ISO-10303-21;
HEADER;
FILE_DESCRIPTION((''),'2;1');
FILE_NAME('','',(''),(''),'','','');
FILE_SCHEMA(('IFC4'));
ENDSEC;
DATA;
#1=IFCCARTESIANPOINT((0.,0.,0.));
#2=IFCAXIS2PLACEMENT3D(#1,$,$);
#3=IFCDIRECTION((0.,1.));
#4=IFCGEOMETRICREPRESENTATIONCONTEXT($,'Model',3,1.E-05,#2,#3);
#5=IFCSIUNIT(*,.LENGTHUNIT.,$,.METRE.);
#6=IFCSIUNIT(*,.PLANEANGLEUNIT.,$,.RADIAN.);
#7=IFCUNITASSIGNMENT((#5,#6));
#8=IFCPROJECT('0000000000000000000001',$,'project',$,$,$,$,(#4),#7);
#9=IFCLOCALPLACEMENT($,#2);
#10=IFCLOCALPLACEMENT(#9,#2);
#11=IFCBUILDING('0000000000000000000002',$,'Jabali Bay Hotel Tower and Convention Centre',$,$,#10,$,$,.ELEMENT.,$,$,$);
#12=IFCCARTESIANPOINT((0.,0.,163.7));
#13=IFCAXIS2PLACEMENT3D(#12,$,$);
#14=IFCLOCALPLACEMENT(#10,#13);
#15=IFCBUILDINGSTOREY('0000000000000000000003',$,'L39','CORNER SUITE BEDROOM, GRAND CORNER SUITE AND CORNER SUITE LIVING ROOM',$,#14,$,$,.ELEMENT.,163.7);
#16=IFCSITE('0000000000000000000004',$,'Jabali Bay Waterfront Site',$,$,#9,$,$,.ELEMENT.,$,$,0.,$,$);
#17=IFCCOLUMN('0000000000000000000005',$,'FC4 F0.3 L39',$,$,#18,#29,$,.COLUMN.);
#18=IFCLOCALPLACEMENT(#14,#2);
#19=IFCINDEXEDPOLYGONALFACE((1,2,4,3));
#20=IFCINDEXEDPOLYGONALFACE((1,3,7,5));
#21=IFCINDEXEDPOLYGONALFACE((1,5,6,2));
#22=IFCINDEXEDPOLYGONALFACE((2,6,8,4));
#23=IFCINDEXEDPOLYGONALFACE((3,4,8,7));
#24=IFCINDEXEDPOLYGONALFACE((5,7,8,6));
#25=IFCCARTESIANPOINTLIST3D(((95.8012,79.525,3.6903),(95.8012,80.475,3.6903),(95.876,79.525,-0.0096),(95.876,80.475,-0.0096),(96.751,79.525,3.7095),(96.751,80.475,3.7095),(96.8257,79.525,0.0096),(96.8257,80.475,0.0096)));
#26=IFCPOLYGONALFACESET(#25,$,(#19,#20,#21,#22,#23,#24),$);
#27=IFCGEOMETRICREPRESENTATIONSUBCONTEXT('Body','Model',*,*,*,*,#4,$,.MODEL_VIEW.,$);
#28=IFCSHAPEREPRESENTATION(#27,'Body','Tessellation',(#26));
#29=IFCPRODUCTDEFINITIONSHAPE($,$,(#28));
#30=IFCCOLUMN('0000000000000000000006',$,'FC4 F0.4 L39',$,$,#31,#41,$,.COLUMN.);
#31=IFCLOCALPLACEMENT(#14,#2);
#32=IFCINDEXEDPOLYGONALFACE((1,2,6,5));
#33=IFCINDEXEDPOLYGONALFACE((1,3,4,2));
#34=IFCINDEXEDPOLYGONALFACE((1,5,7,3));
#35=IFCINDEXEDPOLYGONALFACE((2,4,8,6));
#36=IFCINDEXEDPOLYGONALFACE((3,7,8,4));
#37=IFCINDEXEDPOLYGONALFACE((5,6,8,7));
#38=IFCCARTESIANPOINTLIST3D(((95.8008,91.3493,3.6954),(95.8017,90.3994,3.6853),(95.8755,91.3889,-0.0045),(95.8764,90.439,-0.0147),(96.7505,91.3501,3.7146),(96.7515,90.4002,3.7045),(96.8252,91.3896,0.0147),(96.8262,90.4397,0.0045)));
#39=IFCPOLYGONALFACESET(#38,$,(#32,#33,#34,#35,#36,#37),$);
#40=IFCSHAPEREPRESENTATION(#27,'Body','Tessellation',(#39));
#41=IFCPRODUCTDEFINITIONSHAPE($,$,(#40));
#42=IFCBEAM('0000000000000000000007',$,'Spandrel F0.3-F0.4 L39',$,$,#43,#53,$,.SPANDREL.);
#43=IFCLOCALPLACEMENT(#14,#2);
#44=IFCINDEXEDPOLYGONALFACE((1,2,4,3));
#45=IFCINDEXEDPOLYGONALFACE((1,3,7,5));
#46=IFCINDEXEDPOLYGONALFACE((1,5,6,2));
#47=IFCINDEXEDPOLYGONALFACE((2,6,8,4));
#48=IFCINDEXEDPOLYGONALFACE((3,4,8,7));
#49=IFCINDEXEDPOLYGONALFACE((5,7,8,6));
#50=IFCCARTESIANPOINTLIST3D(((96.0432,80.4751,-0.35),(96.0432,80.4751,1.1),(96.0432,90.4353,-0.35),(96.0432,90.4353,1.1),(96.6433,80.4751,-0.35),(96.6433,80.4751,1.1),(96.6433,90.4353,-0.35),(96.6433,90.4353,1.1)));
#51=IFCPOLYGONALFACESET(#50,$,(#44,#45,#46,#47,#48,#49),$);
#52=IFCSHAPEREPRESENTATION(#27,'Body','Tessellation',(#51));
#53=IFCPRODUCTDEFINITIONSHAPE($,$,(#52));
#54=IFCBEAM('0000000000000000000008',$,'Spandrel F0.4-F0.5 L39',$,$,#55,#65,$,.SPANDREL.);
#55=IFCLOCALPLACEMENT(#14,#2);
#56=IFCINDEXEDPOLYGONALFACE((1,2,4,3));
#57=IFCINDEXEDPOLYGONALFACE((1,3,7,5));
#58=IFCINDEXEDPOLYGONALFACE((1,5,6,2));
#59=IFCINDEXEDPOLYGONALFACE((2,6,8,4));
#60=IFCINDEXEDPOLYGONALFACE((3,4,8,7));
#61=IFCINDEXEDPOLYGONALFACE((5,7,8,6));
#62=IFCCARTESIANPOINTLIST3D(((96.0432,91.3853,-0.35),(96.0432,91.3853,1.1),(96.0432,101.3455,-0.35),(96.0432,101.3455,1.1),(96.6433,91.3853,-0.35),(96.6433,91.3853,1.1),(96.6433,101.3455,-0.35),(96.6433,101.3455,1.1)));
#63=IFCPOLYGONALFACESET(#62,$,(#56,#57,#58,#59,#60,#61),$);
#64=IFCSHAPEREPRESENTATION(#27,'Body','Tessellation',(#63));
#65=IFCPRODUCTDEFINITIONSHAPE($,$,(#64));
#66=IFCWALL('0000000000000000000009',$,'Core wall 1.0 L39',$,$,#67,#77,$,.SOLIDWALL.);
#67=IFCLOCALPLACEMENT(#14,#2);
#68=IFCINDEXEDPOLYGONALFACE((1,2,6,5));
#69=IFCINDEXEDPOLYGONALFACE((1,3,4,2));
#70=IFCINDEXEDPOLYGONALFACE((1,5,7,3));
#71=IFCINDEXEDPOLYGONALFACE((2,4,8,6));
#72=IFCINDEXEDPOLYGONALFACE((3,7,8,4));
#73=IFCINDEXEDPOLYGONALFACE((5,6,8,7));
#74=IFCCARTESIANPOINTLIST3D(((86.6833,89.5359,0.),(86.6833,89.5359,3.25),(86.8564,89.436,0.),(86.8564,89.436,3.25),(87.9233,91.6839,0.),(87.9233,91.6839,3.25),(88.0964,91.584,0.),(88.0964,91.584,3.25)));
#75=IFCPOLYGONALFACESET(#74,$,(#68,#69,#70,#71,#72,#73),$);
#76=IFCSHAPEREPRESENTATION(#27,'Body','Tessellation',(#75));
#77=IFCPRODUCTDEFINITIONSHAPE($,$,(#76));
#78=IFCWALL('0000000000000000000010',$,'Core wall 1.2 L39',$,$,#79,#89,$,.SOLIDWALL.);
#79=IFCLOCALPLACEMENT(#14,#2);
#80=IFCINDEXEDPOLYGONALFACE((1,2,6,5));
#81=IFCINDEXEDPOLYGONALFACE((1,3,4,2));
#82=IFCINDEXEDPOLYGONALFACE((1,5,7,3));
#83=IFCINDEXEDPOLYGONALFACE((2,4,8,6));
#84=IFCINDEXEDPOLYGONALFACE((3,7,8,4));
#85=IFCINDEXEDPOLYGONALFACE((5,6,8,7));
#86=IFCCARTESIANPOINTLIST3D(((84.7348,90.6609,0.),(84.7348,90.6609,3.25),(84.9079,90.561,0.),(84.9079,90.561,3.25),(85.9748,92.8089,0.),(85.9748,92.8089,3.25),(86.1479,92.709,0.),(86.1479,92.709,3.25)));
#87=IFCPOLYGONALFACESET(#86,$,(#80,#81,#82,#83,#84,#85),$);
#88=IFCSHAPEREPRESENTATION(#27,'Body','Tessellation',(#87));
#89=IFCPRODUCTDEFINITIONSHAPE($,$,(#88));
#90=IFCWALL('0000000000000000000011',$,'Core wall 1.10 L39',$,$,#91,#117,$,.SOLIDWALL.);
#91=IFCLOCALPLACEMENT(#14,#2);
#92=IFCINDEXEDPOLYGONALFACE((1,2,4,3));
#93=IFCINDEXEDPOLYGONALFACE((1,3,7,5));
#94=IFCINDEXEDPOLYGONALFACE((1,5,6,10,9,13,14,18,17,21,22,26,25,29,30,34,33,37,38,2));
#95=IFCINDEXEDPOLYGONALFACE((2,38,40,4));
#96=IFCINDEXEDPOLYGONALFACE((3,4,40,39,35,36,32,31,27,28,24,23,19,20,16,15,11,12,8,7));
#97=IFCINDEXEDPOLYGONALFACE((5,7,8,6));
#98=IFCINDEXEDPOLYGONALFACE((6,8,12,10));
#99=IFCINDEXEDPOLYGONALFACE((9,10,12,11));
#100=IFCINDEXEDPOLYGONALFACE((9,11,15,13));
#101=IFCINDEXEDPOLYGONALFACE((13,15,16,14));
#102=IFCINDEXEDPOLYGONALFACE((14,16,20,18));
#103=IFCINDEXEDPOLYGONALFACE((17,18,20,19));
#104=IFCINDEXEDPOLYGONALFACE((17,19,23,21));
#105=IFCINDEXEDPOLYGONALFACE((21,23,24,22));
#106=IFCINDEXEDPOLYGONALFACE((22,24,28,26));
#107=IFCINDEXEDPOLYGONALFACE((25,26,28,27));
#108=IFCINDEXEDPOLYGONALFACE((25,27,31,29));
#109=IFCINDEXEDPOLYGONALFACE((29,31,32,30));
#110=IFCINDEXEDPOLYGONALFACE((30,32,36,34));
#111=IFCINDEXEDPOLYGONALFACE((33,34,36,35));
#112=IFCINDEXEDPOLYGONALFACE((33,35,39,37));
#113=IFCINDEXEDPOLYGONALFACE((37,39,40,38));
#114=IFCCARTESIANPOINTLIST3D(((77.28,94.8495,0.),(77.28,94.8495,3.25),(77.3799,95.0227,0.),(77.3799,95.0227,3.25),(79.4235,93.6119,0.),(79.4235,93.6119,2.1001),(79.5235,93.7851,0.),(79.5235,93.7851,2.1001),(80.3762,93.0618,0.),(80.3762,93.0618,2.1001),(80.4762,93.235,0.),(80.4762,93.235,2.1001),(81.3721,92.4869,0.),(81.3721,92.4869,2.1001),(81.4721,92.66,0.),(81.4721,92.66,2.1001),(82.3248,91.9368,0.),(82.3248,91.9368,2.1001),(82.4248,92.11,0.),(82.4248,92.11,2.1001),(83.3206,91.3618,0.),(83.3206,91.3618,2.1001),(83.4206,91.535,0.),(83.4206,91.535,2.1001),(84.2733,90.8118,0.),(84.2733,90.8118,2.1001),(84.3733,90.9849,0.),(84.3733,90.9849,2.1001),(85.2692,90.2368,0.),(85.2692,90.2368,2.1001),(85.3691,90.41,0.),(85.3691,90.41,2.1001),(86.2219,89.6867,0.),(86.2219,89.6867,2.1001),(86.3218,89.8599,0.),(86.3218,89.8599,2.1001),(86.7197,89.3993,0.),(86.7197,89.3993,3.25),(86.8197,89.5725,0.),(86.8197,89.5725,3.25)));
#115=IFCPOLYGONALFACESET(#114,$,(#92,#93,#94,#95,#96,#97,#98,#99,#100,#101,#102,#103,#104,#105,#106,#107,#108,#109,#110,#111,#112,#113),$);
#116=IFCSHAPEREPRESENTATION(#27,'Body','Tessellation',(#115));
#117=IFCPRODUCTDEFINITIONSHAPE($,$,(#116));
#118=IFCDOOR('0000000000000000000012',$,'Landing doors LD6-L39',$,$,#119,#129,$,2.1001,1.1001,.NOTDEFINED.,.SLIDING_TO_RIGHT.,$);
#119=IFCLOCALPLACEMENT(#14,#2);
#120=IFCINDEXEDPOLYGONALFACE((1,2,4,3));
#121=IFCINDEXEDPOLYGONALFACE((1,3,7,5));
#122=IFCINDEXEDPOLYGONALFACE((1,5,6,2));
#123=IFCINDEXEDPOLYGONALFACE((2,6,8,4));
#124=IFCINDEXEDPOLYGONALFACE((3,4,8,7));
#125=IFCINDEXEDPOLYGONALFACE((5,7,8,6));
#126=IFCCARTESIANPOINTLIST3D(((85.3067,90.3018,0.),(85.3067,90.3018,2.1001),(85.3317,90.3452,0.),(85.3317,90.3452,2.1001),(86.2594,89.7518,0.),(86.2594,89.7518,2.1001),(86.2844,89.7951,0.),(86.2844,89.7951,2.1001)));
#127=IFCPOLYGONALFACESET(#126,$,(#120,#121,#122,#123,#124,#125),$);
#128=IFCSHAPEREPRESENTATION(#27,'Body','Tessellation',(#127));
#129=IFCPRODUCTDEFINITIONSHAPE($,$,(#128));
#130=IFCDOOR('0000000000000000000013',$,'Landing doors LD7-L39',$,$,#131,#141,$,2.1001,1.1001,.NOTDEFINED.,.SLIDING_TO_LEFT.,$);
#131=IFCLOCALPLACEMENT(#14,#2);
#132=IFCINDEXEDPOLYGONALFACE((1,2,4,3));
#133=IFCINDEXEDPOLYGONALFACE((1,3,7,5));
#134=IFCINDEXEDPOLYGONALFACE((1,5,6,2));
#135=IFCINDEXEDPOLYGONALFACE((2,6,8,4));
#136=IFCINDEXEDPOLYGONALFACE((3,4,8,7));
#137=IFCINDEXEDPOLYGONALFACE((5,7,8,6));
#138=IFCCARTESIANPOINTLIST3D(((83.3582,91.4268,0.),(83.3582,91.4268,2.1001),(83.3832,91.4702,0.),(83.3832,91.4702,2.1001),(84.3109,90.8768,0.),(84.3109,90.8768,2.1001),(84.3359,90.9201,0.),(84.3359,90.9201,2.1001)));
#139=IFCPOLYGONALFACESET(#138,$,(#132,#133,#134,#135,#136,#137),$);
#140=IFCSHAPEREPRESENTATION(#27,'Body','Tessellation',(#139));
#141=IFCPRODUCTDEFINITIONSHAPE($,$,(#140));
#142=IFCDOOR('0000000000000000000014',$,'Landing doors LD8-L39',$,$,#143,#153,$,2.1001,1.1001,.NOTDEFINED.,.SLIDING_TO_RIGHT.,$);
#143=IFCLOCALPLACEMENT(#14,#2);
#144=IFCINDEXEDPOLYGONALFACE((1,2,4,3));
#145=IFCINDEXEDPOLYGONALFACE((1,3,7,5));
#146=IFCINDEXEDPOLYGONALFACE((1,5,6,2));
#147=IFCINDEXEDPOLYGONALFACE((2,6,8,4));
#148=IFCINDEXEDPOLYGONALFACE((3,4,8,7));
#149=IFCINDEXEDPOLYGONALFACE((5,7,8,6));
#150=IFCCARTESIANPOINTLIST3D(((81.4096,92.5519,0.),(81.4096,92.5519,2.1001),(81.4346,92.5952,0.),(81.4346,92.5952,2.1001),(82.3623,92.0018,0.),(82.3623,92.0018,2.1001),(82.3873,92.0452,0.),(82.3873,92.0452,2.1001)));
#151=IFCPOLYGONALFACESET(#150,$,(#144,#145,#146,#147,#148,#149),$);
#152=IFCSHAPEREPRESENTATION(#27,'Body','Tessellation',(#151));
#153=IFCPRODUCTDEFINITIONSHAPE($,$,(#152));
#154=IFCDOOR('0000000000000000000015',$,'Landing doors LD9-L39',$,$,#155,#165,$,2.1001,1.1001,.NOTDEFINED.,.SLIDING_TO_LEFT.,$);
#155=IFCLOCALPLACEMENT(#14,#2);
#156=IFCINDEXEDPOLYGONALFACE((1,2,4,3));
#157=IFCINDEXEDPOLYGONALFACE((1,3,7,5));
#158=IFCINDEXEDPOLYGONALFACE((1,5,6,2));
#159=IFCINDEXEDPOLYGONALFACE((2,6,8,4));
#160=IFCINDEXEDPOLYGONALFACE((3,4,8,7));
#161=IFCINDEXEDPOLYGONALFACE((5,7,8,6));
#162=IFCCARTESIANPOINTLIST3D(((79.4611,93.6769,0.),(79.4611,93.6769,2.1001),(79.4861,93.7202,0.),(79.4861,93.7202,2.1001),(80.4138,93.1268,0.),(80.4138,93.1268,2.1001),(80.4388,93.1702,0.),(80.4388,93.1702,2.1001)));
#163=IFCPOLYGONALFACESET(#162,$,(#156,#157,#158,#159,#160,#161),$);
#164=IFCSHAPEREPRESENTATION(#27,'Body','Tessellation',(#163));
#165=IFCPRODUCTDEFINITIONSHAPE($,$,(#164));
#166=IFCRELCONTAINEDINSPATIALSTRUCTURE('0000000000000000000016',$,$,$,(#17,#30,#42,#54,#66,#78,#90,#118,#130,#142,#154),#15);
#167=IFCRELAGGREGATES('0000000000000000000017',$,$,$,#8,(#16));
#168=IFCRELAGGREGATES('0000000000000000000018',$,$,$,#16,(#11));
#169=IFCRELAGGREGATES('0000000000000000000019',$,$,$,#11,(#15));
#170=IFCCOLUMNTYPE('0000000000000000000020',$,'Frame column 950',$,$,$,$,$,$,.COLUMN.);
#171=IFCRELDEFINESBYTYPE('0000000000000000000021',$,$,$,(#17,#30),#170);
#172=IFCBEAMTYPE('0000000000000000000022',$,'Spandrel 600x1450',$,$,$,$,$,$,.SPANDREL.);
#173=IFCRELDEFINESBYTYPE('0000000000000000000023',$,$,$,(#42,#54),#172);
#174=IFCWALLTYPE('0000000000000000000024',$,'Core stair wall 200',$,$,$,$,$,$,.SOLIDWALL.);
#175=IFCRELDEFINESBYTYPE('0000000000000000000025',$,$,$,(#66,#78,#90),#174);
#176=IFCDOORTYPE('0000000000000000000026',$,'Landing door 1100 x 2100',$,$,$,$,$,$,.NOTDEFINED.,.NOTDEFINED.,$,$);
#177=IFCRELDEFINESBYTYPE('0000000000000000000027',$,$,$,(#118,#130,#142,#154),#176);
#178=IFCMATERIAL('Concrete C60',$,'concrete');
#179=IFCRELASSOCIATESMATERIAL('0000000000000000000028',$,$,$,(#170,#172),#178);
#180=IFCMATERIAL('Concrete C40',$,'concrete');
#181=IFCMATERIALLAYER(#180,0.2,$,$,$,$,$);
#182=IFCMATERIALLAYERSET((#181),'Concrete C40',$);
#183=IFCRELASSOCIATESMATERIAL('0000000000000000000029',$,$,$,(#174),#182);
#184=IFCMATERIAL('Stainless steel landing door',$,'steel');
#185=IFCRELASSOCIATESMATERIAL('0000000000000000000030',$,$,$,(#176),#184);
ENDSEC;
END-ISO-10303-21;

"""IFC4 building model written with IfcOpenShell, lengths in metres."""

from ifc_helpers import new_model, si_unit, direction, frame, frame_2d, origin, origin_2d, place, context, subcontext, project, spatial, rectangle, extrude, material, layer, layer_set, material_profile, profile_set, type_object, element, fill, save


model = new_model("IFC4")

# Units and contexts
model_context = context("Model", 3, precision=1e-05, world=origin(), true_north=direction((0.0, 1.0)))
body_context = subcontext(model_context, "Body", "Model", "MODEL_VIEW")
ifc_project = project(units=[si_unit("LENGTHUNIT", "METRE"), si_unit("PLANEANGLEUNIT", "RADIAN")], contexts=[model_context])

# Site, building, storey
site_placement = place(None, origin())
site = spatial("IfcSite", under=ifc_project, at=site_placement, Name="Jabali Bay Waterfront Site", CompositionType="ELEMENT", RefElevation=0.0)
building_placement = place(site_placement, origin())
building = spatial("IfcBuilding", under=site, at=building_placement, Name="Jabali Bay Hotel Tower and Convention Centre", CompositionType="ELEMENT")
storey_placement = place(building_placement, frame((0.0, 0.0, 163.7)))
storey = spatial("IfcBuildingStorey", under=building, at=storey_placement, Name="L39", Description="CORNER SUITE BEDROOM, GRAND CORNER SUITE AND CORNER SUITE LIVING ROOM", CompositionType="ELEMENT", Elevation=163.7)

# Columns
ifc_material_1 = material(Name="Concrete C60", Category="concrete")
ifc_material_profile_1 = material_profile(ifc_material_1, rectangle(XDim=0.95, YDim=0.95, at=origin_2d()), Name="Frame column 950")
ifc_profile_set_1 = profile_set([ifc_material_profile_1], Name="Concrete C60")
column_type = type_object("IfcColumnType", Name="Frame column 950", PredefinedType="COLUMN", material=ifc_profile_set_1)
column_1_placement = place(storey_placement, frame((96.3508, 80.0, 0.0), z_axis=(-0.020187, 0.0, 0.999796), x_axis=(0.0, -1.0, 0.0)))
element("IfcColumn", 1, at=column_1_placement, inside=storey, type_object=column_type, Name="FC4 F0.3 L39", PredefinedType="COLUMN", context=body_context, shape_type="SweptSolid", body=[
    extrude(rectangle(XDim=0.95, YDim=0.95, at=origin_2d()), origin(), (0.0, 0.0, 1.0), 3.7007),
])
column_2_placement = place(storey_placement, frame((96.3508, 90.9143, 0.0), z_axis=(-0.020186, -0.010687, 0.999739), x_axis=(0.999796, 0.000808, 0.020196)))
element("IfcColumn", 2, at=column_2_placement, inside=storey, type_object=column_type, Name="FC4 F0.4 L39", PredefinedType="COLUMN", context=body_context, shape_type="SweptSolid", body=[
    extrude(rectangle(XDim=0.95, YDim=0.95, at=origin_2d()), origin(), (0.0, 0.0, 1.0), 3.7009),
])

# Beams
ifc_material_profile_2 = material_profile(ifc_material_1, rectangle(XDim=0.6001, YDim=1.45, at=origin_2d()), Name="Spandrel 600x1450")
ifc_profile_set_2 = profile_set([ifc_material_profile_2], Name="Concrete C60")
beam_type = type_object("IfcBeamType", Name="Spandrel 600x1450", PredefinedType="SPANDREL", material=ifc_profile_set_2)
for number, where, z_axis, x_axis, name in (
    (3, (96.3433, 80.4751, 0.375), (0.0, 1.0, 0.0), (-1.0, 0.0, 0.0), "Spandrel F0.3-F0.4 L39"),
    (4, (96.3433, 91.3853, 0.375), (0.0, 1.0, 0.0), (-1.0, 0.0, 0.0), "Spandrel F0.4-F0.5 L39"),
):
    element("IfcBeam", number, at=place(storey_placement, frame(where, z_axis=z_axis, x_axis=x_axis)), inside=storey, type_object=beam_type, Name=name, PredefinedType="SPANDREL", context=body_context, shape_type="SweptSolid", body=[
        extrude(rectangle(XDim=0.6001, YDim=1.45, at=origin_2d()), origin(), (0.0, 0.0, 1.0), 9.9602),
    ])

# Walls
ifc_material_2 = material(Name="Concrete C40", Category="concrete")
ifc_layer_1 = layer(ifc_material_2, 0.2)
ifc_layer_set_1 = layer_set([ifc_layer_1], Name="Concrete C40")
wall_type_1 = type_object("IfcWallType", Name="Core stair wall 200", PredefinedType="SOLIDWALL", material=ifc_layer_set_1)
for number, where, z_axis, x_axis, name in (
    (5, (86.7698, 89.4858, 0.0), (0.0, 0.0, 1.0), (0.499961, 0.866048, 0.0), "Core wall 1.0 L39"),
    (6, (84.8213, 90.6108, 0.0), (0.0, 0.0, 1.0), (0.499961, 0.866048, 0.0), "Core wall 1.2 L39"),
):
    element("IfcWall", number, at=place(storey_placement, frame(where, z_axis=z_axis, x_axis=x_axis)), inside=storey, type_object=wall_type_1, Name=name, PredefinedType="SOLIDWALL", context=body_context, shape_type="SweptSolid", body=[
        extrude(rectangle(XDim=2.4802, YDim=0.2, at=frame_2d((1.2402, 0.0))), origin(), (0.0, 0.0, 1.0), 3.25),
    ])

# Wall, openings, doors
wall_1_placement = place(storey_placement, frame((86.7698, 89.4858, 0.0), z_axis=(0.0, 0.0, 1.0), x_axis=(-0.866018, 0.500013, 0.0)))
wall_1 = element("IfcWall", 7, at=wall_1_placement, inside=storey, type_object=wall_type_1, Name="Core wall 1.10 L39", PredefinedType="SOLIDWALL", context=body_context, shape_type="SweptSolid", body=[
    extrude(rectangle(XDim=10.9001, YDim=0.2, at=frame_2d((5.4502, 0.0))), origin(), (0.0, 0.0, 1.0), 3.25),
])
opening_1_placement = place(wall_1_placement, frame((0.575, 0.0, 0.0)))
opening_1 = element("IfcOpeningElement", 8, at=opening_1_placement, cuts=wall_1, PredefinedType="OPENING", context=body_context, shape_type="SweptSolid", body=[
    extrude(rectangle(XDim=1.1001, YDim=2.1001, at=frame_2d((0.55, 1.05))), frame((0.0, 0.1104, 0.0), z_axis=(0.0, -1.0, 0.0), x_axis=(1.0, 0.0, 0.0)), (0.0, 0.0, 1.0), 0.2209),
])
opening_2_placement = place(wall_1_placement, frame((2.825, 0.0, 0.0)))
opening_2 = element("IfcOpeningElement", 9, at=opening_2_placement, cuts=wall_1, PredefinedType="OPENING", context=body_context, shape_type="SweptSolid", body=[
    extrude(rectangle(XDim=1.1001, YDim=2.1001, at=frame_2d((0.55, 1.05))), frame((0.0, 0.1104, 0.0), z_axis=(0.0, -1.0, 0.0), x_axis=(1.0, 0.0, 0.0)), (0.0, 0.0, 1.0), 0.2209),
])
opening_3_placement = place(wall_1_placement, frame((5.075, 0.0, 0.0)))
opening_3 = element("IfcOpeningElement", 10, at=opening_3_placement, cuts=wall_1, PredefinedType="OPENING", context=body_context, shape_type="SweptSolid", body=[
    extrude(rectangle(XDim=1.1001, YDim=2.1001, at=frame_2d((0.55, 1.05))), frame((0.0, 0.1104, 0.0), z_axis=(0.0, -1.0, 0.0), x_axis=(1.0, 0.0, 0.0)), (0.0, 0.0, 1.0), 0.2209),
])
opening_4_placement = place(wall_1_placement, frame((7.325, 0.0, 0.0)))
opening_4 = element("IfcOpeningElement", 11, at=opening_4_placement, cuts=wall_1, PredefinedType="OPENING", context=body_context, shape_type="SweptSolid", body=[
    extrude(rectangle(XDim=1.1001, YDim=2.1001, at=frame_2d((0.55, 1.05))), frame((0.0, 0.1104, 0.0), z_axis=(0.0, -1.0, 0.0), x_axis=(1.0, 0.0, 0.0)), (0.0, 0.0, 1.0), 0.2209),
])
ifc_material_3 = material(Name="Stainless steel landing door", Category="steel")
door_type_1 = type_object("IfcDoorType", Name="Landing door 1100 x 2100", OperationType="NOTDEFINED", PredefinedType="NOTDEFINED", material=ifc_material_3)
door_1_placement = place(opening_1_placement, origin())
door_1 = element("IfcDoor", 12, at=door_1_placement, inside=storey, type_object=door_type_1, Name="Landing doors LD6-L39", OperationType="SLIDING_TO_RIGHT", OverallHeight=2.1001, OverallWidth=1.1001, PredefinedType="NOTDEFINED", context=body_context, shape_type="SweptSolid", body=[
    extrude(rectangle(XDim=1.1001, YDim=2.1001, at=frame_2d((0.55, 1.05))), frame((0.0, 0.0249, 0.0), z_axis=(0.0, -1.0, 0.0), x_axis=(1.0, 0.0, 0.0)), (0.0, 0.0, 1.0), 0.05),
])
fill(opening_1, door_1)
door_2_placement = place(opening_2_placement, origin())
door_2 = element("IfcDoor", 13, at=door_2_placement, inside=storey, type_object=door_type_1, Name="Landing doors LD7-L39", OperationType="SLIDING_TO_LEFT", OverallHeight=2.1001, OverallWidth=1.1001, PredefinedType="NOTDEFINED", context=body_context, shape_type="SweptSolid", body=[
    extrude(rectangle(XDim=1.1001, YDim=2.1001, at=frame_2d((0.55, 1.05))), frame((0.0, 0.0249, 0.0), z_axis=(0.0, -1.0, 0.0), x_axis=(1.0, 0.0, 0.0)), (0.0, 0.0, 1.0), 0.05),
])
fill(opening_2, door_2)
door_3_placement = place(opening_3_placement, origin())
door_3 = element("IfcDoor", 14, at=door_3_placement, inside=storey, type_object=door_type_1, Name="Landing doors LD8-L39", OperationType="SLIDING_TO_RIGHT", OverallHeight=2.1001, OverallWidth=1.1001, PredefinedType="NOTDEFINED", context=body_context, shape_type="SweptSolid", body=[
    extrude(rectangle(XDim=1.1001, YDim=2.1001, at=frame_2d((0.55, 1.05))), frame((0.0, 0.0249, 0.0), z_axis=(0.0, -1.0, 0.0), x_axis=(1.0, 0.0, 0.0)), (0.0, 0.0, 1.0), 0.05),
])
fill(opening_3, door_3)
door_4_placement = place(opening_4_placement, origin())
door_4 = element("IfcDoor", 15, at=door_4_placement, inside=storey, type_object=door_type_1, Name="Landing doors LD9-L39", OperationType="SLIDING_TO_LEFT", OverallHeight=2.1001, OverallWidth=1.1001, PredefinedType="NOTDEFINED", context=body_context, shape_type="SweptSolid", body=[
    extrude(rectangle(XDim=1.1001, YDim=2.1001, at=frame_2d((0.55, 1.05))), frame((0.0, 0.0249, 0.0), z_axis=(0.0, -1.0, 0.0), x_axis=(1.0, 0.0, 0.0)), (0.0, 0.0, 1.0), 0.05),
])
fill(opening_4, door_4)

save(model, "model.ifc")
